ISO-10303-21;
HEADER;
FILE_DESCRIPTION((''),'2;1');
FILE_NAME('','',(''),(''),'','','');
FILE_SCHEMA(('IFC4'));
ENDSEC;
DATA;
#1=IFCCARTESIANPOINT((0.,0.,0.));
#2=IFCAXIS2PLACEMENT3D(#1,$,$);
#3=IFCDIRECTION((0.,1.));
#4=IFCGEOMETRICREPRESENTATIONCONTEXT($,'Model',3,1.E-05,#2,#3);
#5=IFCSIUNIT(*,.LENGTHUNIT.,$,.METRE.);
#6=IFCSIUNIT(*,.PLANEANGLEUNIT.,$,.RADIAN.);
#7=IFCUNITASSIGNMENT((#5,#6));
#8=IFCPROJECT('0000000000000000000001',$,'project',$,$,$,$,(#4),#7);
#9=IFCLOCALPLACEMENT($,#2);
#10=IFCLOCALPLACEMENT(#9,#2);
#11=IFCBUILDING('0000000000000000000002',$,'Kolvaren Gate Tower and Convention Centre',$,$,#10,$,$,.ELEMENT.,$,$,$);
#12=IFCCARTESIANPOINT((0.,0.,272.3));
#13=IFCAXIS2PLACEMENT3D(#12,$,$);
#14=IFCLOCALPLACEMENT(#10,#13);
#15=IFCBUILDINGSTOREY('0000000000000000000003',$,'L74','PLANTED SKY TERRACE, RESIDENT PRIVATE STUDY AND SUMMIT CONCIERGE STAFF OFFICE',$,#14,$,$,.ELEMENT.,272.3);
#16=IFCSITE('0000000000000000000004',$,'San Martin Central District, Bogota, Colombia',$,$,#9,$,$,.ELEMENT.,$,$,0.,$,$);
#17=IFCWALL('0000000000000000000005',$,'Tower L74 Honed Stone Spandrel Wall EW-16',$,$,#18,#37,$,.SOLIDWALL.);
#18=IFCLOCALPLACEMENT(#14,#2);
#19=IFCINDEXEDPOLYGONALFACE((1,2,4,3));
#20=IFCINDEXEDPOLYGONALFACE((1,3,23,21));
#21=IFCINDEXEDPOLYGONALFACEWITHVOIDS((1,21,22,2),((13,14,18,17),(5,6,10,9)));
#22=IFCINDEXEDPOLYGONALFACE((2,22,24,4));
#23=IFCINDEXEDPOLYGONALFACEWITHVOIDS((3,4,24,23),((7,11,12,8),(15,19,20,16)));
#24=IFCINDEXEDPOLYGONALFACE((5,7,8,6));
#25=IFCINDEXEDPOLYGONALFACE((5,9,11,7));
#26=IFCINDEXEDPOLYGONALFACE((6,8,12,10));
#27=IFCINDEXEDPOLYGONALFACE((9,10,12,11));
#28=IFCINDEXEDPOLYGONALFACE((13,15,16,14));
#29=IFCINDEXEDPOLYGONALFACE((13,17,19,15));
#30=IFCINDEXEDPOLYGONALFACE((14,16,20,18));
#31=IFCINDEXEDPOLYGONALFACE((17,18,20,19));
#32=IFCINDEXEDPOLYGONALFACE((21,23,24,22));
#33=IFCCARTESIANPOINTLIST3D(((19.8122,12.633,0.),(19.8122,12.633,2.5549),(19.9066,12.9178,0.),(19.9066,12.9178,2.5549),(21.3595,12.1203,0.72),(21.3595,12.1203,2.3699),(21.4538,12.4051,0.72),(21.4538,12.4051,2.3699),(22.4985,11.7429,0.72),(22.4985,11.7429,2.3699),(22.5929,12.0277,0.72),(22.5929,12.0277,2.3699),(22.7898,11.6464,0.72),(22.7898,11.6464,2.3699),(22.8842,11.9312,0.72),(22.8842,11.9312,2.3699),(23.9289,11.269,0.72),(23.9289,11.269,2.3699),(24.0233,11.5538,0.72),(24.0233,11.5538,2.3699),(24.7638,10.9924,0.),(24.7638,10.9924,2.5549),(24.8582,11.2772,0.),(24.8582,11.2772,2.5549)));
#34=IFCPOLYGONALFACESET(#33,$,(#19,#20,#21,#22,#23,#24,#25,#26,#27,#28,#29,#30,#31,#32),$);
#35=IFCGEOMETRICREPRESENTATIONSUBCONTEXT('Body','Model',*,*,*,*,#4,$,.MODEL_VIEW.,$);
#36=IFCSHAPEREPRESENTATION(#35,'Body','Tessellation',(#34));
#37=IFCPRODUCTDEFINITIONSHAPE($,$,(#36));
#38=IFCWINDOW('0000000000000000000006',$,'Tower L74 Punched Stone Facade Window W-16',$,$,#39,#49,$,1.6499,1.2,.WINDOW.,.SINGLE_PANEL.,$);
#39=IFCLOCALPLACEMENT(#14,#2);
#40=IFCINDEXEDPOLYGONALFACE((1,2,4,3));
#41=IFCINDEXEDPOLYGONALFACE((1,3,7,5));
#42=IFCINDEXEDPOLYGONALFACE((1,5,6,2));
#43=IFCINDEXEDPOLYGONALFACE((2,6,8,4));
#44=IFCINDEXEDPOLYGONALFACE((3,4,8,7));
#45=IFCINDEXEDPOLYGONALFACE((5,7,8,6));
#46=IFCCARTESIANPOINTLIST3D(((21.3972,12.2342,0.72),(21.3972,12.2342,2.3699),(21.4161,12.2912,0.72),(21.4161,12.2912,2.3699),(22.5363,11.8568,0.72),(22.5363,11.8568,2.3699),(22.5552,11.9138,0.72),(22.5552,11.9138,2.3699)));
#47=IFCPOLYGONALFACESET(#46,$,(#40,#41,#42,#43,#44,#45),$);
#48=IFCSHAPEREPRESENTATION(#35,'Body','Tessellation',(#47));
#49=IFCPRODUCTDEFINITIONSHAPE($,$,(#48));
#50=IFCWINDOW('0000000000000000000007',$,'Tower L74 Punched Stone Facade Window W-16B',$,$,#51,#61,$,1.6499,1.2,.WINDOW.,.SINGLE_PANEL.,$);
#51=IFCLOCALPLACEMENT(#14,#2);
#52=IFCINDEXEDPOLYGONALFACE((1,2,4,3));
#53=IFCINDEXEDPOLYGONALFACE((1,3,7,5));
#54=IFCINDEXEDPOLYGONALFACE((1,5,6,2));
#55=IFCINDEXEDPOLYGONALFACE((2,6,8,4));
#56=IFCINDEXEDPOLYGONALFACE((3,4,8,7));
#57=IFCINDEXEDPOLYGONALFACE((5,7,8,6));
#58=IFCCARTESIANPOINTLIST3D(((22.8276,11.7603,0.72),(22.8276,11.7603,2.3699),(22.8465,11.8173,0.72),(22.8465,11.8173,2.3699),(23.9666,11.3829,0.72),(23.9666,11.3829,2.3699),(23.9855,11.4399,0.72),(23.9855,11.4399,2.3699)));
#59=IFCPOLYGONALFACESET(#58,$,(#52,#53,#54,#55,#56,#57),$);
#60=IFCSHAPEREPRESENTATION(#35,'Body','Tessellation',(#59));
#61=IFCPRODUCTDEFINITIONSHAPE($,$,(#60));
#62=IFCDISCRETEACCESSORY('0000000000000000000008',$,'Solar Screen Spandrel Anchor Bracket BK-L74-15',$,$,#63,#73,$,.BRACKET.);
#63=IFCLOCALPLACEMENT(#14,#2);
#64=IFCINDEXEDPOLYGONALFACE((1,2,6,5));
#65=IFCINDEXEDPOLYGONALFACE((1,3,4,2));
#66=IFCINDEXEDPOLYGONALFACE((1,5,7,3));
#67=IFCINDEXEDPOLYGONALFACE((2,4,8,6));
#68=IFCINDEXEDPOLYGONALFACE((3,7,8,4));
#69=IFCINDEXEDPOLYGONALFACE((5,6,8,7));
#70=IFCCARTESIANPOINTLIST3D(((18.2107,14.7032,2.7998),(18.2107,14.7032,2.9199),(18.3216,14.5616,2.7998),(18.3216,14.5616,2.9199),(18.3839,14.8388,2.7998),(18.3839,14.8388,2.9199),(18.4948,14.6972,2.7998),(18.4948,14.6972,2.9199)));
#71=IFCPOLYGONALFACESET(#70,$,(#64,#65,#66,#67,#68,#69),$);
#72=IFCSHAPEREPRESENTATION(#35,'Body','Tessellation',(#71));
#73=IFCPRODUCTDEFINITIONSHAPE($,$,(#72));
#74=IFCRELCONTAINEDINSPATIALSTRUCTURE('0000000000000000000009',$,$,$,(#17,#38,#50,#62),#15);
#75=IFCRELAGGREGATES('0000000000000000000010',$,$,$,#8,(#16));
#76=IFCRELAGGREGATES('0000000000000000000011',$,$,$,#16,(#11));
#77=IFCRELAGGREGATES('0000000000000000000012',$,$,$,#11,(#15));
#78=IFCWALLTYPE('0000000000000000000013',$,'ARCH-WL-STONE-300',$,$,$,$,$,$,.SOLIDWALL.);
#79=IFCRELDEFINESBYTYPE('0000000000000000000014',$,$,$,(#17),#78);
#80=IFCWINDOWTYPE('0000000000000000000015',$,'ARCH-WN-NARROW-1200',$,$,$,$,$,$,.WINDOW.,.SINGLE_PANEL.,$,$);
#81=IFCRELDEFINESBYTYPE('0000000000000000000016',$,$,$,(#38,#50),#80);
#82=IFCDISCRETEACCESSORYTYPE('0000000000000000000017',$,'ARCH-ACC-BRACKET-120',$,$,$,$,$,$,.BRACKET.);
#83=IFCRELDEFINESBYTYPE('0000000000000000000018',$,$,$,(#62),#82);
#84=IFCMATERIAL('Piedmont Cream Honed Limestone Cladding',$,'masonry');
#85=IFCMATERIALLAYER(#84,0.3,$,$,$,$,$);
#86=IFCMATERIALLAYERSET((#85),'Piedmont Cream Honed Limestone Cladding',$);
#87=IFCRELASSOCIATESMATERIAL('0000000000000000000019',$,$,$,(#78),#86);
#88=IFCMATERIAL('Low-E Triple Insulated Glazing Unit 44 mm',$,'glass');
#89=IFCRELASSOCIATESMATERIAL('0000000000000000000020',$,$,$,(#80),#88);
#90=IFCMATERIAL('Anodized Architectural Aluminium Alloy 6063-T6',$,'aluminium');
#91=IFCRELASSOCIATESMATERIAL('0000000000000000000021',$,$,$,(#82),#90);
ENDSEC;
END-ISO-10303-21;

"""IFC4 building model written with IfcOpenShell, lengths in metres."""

from ifc_helpers import new_model, si_unit, direction, frame, frame_2d, origin, origin_2d, place, context, subcontext, project, spatial, rectangle, extrude, material, layer, layer_set, type_object, element, fill, save


model = new_model("IFC4")

# Units and contexts
model_context = context("Model", 3, precision=1e-05, world=origin(), true_north=direction((0.0, 1.0)))
body_context = subcontext(model_context, "Body", "Model", "MODEL_VIEW")
ifc_project = project(units=[si_unit("LENGTHUNIT", "METRE"), si_unit("PLANEANGLEUNIT", "RADIAN")], contexts=[model_context])

# Site, building, storey
site_placement = place(None, origin())
site = spatial("IfcSite", under=ifc_project, at=site_placement, Name="San Martin Central District, Bogota, Colombia", CompositionType="ELEMENT", RefElevation=0.0)
building_placement = place(site_placement, origin())
building = spatial("IfcBuilding", under=site, at=building_placement, Name="Kolvaren Gate Tower and Convention Centre", CompositionType="ELEMENT")
storey_placement = place(building_placement, frame((0.0, 0.0, 272.3)))
storey = spatial("IfcBuildingStorey", under=building, at=storey_placement, Name="L74", Description="PLANTED SKY TERRACE, RESIDENT PRIVATE STUDY AND SUMMIT CONCIERGE STAFF OFFICE", CompositionType="ELEMENT", Elevation=272.3)

# Shared definitions
ifc_material_1 = material(Name="Anodized Architectural Aluminium Alloy 6063-T6", Category="aluminium")

# Shared definitions
ifc_material_2 = material(Name="Low-E Triple Insulated Glazing Unit 44 mm", Category="glass")

# Wall, openings, windows
ifc_material_3 = material(Name="Piedmont Cream Honed Limestone Cladding", Category="masonry")
ifc_layer_1 = layer(ifc_material_3, 0.3)
ifc_layer_set_1 = layer_set([ifc_layer_1], Name="Piedmont Cream Honed Limestone Cladding")
wall_type_1 = type_object("IfcWallType", Name="ARCH-WL-STONE-300", PredefinedType="SOLIDWALL", material=ifc_layer_set_1)
wall_1_placement = place(storey_placement, frame((19.8594, 12.7754, 0.0), z_axis=(0.0, 0.0, 1.0), x_axis=(0.949253, -0.314514, 0.0)))
wall_1 = element("IfcWall", 1, at=wall_1_placement, inside=storey, type_object=wall_type_1, Name="Tower L74 Honed Stone Spandrel Wall EW-16", PredefinedType="SOLIDWALL", context=body_context, shape_type="SweptSolid", body=[
    extrude(rectangle(XDim=5.2163, YDim=0.3, at=frame_2d((2.6082, 0.0))), origin(), (0.0, 0.0, 1.0), 2.5549),
])
opening_1_placement = place(wall_1_placement, frame((1.6299, 0.0, 0.72)))
opening_1 = element("IfcOpeningElement", 2, at=opening_1_placement, cuts=wall_1, PredefinedType="OPENING", context=body_context, shape_type="SweptSolid", body=[
    extrude(rectangle(XDim=1.2, YDim=1.6499, at=frame_2d((0.6001, 0.825))), frame((0.0, 0.1599, 0.0), z_axis=(0.0, -1.0, 0.0), x_axis=(1.0, 0.0, 0.0)), (0.0, 0.0, 1.0), 0.3201),
])
opening_2_placement = place(wall_1_placement, frame((3.1367, 0.0, 0.72)))
opening_2 = element("IfcOpeningElement", 3, at=opening_2_placement, cuts=wall_1, PredefinedType="OPENING", context=body_context, shape_type="SweptSolid", body=[
    extrude(rectangle(XDim=1.2, YDim=1.6499, at=frame_2d((0.6001, 0.825))), frame((0.0, 0.1599, 0.0), z_axis=(0.0, -1.0, 0.0), x_axis=(1.0, 0.0, 0.0)), (0.0, 0.0, 1.0), 0.3201),
])
window_type = type_object("IfcWindowType", Name="ARCH-WN-NARROW-1200", PartitioningType="SINGLE_PANEL", PredefinedType="WINDOW", material=ifc_material_2)
window_1_placement = place(opening_1_placement, origin())
window_1 = element("IfcWindow", 4, at=window_1_placement, inside=storey, type_object=window_type, Name="Tower L74 Punched Stone Facade Window W-16", OverallHeight=1.6499, OverallWidth=1.2, PartitioningType="SINGLE_PANEL", PredefinedType="WINDOW", context=body_context, shape_type="SweptSolid", body=[
    extrude(rectangle(XDim=1.2, YDim=1.6499, at=frame_2d((0.6001, 0.825))), frame((0.0, 0.03, 0.0), z_axis=(0.0, -1.0, 0.0), x_axis=(1.0, 0.0, 0.0)), (0.0, 0.0, 1.0), 0.0601),
])
fill(opening_1, window_1)
window_2_placement = place(opening_2_placement, origin())
window_2 = element("IfcWindow", 5, at=window_2_placement, inside=storey, type_object=window_type, Name="Tower L74 Punched Stone Facade Window W-16B", OverallHeight=1.6499, OverallWidth=1.2, PartitioningType="SINGLE_PANEL", PredefinedType="WINDOW", context=body_context, shape_type="SweptSolid", body=[
    extrude(rectangle(XDim=1.2, YDim=1.6499, at=frame_2d((0.6001, 0.825))), frame((0.0, 0.03, 0.0), z_axis=(0.0, -1.0, 0.0), x_axis=(1.0, 0.0, 0.0)), (0.0, 0.0, 1.0), 0.0601),
])
fill(opening_2, window_2)

# Discrete accessory
discrete_accessory_type = type_object("IfcDiscreteAccessoryType", Name="ARCH-ACC-BRACKET-120", PredefinedType="BRACKET", material=ifc_material_1)
discrete_accessory_placement = place(storey_placement, frame((18.3528, 14.7002, 2.7998), z_axis=(0.0, 0.0, 1.0), x_axis=(0.61643, -0.78741, 0.0)))
element("IfcDiscreteAccessory", 6, at=discrete_accessory_placement, inside=storey, type_object=discrete_accessory_type, Name="Solar Screen Spandrel Anchor Bracket BK-L74-15", PredefinedType="BRACKET", context=body_context, shape_type="SweptSolid", body=[
    extrude(rectangle(XDim=0.1799, YDim=0.22, at=origin_2d()), origin(), (0.0, 0.0, 1.0), 0.1201),
])

save(model, "model.ifc")
